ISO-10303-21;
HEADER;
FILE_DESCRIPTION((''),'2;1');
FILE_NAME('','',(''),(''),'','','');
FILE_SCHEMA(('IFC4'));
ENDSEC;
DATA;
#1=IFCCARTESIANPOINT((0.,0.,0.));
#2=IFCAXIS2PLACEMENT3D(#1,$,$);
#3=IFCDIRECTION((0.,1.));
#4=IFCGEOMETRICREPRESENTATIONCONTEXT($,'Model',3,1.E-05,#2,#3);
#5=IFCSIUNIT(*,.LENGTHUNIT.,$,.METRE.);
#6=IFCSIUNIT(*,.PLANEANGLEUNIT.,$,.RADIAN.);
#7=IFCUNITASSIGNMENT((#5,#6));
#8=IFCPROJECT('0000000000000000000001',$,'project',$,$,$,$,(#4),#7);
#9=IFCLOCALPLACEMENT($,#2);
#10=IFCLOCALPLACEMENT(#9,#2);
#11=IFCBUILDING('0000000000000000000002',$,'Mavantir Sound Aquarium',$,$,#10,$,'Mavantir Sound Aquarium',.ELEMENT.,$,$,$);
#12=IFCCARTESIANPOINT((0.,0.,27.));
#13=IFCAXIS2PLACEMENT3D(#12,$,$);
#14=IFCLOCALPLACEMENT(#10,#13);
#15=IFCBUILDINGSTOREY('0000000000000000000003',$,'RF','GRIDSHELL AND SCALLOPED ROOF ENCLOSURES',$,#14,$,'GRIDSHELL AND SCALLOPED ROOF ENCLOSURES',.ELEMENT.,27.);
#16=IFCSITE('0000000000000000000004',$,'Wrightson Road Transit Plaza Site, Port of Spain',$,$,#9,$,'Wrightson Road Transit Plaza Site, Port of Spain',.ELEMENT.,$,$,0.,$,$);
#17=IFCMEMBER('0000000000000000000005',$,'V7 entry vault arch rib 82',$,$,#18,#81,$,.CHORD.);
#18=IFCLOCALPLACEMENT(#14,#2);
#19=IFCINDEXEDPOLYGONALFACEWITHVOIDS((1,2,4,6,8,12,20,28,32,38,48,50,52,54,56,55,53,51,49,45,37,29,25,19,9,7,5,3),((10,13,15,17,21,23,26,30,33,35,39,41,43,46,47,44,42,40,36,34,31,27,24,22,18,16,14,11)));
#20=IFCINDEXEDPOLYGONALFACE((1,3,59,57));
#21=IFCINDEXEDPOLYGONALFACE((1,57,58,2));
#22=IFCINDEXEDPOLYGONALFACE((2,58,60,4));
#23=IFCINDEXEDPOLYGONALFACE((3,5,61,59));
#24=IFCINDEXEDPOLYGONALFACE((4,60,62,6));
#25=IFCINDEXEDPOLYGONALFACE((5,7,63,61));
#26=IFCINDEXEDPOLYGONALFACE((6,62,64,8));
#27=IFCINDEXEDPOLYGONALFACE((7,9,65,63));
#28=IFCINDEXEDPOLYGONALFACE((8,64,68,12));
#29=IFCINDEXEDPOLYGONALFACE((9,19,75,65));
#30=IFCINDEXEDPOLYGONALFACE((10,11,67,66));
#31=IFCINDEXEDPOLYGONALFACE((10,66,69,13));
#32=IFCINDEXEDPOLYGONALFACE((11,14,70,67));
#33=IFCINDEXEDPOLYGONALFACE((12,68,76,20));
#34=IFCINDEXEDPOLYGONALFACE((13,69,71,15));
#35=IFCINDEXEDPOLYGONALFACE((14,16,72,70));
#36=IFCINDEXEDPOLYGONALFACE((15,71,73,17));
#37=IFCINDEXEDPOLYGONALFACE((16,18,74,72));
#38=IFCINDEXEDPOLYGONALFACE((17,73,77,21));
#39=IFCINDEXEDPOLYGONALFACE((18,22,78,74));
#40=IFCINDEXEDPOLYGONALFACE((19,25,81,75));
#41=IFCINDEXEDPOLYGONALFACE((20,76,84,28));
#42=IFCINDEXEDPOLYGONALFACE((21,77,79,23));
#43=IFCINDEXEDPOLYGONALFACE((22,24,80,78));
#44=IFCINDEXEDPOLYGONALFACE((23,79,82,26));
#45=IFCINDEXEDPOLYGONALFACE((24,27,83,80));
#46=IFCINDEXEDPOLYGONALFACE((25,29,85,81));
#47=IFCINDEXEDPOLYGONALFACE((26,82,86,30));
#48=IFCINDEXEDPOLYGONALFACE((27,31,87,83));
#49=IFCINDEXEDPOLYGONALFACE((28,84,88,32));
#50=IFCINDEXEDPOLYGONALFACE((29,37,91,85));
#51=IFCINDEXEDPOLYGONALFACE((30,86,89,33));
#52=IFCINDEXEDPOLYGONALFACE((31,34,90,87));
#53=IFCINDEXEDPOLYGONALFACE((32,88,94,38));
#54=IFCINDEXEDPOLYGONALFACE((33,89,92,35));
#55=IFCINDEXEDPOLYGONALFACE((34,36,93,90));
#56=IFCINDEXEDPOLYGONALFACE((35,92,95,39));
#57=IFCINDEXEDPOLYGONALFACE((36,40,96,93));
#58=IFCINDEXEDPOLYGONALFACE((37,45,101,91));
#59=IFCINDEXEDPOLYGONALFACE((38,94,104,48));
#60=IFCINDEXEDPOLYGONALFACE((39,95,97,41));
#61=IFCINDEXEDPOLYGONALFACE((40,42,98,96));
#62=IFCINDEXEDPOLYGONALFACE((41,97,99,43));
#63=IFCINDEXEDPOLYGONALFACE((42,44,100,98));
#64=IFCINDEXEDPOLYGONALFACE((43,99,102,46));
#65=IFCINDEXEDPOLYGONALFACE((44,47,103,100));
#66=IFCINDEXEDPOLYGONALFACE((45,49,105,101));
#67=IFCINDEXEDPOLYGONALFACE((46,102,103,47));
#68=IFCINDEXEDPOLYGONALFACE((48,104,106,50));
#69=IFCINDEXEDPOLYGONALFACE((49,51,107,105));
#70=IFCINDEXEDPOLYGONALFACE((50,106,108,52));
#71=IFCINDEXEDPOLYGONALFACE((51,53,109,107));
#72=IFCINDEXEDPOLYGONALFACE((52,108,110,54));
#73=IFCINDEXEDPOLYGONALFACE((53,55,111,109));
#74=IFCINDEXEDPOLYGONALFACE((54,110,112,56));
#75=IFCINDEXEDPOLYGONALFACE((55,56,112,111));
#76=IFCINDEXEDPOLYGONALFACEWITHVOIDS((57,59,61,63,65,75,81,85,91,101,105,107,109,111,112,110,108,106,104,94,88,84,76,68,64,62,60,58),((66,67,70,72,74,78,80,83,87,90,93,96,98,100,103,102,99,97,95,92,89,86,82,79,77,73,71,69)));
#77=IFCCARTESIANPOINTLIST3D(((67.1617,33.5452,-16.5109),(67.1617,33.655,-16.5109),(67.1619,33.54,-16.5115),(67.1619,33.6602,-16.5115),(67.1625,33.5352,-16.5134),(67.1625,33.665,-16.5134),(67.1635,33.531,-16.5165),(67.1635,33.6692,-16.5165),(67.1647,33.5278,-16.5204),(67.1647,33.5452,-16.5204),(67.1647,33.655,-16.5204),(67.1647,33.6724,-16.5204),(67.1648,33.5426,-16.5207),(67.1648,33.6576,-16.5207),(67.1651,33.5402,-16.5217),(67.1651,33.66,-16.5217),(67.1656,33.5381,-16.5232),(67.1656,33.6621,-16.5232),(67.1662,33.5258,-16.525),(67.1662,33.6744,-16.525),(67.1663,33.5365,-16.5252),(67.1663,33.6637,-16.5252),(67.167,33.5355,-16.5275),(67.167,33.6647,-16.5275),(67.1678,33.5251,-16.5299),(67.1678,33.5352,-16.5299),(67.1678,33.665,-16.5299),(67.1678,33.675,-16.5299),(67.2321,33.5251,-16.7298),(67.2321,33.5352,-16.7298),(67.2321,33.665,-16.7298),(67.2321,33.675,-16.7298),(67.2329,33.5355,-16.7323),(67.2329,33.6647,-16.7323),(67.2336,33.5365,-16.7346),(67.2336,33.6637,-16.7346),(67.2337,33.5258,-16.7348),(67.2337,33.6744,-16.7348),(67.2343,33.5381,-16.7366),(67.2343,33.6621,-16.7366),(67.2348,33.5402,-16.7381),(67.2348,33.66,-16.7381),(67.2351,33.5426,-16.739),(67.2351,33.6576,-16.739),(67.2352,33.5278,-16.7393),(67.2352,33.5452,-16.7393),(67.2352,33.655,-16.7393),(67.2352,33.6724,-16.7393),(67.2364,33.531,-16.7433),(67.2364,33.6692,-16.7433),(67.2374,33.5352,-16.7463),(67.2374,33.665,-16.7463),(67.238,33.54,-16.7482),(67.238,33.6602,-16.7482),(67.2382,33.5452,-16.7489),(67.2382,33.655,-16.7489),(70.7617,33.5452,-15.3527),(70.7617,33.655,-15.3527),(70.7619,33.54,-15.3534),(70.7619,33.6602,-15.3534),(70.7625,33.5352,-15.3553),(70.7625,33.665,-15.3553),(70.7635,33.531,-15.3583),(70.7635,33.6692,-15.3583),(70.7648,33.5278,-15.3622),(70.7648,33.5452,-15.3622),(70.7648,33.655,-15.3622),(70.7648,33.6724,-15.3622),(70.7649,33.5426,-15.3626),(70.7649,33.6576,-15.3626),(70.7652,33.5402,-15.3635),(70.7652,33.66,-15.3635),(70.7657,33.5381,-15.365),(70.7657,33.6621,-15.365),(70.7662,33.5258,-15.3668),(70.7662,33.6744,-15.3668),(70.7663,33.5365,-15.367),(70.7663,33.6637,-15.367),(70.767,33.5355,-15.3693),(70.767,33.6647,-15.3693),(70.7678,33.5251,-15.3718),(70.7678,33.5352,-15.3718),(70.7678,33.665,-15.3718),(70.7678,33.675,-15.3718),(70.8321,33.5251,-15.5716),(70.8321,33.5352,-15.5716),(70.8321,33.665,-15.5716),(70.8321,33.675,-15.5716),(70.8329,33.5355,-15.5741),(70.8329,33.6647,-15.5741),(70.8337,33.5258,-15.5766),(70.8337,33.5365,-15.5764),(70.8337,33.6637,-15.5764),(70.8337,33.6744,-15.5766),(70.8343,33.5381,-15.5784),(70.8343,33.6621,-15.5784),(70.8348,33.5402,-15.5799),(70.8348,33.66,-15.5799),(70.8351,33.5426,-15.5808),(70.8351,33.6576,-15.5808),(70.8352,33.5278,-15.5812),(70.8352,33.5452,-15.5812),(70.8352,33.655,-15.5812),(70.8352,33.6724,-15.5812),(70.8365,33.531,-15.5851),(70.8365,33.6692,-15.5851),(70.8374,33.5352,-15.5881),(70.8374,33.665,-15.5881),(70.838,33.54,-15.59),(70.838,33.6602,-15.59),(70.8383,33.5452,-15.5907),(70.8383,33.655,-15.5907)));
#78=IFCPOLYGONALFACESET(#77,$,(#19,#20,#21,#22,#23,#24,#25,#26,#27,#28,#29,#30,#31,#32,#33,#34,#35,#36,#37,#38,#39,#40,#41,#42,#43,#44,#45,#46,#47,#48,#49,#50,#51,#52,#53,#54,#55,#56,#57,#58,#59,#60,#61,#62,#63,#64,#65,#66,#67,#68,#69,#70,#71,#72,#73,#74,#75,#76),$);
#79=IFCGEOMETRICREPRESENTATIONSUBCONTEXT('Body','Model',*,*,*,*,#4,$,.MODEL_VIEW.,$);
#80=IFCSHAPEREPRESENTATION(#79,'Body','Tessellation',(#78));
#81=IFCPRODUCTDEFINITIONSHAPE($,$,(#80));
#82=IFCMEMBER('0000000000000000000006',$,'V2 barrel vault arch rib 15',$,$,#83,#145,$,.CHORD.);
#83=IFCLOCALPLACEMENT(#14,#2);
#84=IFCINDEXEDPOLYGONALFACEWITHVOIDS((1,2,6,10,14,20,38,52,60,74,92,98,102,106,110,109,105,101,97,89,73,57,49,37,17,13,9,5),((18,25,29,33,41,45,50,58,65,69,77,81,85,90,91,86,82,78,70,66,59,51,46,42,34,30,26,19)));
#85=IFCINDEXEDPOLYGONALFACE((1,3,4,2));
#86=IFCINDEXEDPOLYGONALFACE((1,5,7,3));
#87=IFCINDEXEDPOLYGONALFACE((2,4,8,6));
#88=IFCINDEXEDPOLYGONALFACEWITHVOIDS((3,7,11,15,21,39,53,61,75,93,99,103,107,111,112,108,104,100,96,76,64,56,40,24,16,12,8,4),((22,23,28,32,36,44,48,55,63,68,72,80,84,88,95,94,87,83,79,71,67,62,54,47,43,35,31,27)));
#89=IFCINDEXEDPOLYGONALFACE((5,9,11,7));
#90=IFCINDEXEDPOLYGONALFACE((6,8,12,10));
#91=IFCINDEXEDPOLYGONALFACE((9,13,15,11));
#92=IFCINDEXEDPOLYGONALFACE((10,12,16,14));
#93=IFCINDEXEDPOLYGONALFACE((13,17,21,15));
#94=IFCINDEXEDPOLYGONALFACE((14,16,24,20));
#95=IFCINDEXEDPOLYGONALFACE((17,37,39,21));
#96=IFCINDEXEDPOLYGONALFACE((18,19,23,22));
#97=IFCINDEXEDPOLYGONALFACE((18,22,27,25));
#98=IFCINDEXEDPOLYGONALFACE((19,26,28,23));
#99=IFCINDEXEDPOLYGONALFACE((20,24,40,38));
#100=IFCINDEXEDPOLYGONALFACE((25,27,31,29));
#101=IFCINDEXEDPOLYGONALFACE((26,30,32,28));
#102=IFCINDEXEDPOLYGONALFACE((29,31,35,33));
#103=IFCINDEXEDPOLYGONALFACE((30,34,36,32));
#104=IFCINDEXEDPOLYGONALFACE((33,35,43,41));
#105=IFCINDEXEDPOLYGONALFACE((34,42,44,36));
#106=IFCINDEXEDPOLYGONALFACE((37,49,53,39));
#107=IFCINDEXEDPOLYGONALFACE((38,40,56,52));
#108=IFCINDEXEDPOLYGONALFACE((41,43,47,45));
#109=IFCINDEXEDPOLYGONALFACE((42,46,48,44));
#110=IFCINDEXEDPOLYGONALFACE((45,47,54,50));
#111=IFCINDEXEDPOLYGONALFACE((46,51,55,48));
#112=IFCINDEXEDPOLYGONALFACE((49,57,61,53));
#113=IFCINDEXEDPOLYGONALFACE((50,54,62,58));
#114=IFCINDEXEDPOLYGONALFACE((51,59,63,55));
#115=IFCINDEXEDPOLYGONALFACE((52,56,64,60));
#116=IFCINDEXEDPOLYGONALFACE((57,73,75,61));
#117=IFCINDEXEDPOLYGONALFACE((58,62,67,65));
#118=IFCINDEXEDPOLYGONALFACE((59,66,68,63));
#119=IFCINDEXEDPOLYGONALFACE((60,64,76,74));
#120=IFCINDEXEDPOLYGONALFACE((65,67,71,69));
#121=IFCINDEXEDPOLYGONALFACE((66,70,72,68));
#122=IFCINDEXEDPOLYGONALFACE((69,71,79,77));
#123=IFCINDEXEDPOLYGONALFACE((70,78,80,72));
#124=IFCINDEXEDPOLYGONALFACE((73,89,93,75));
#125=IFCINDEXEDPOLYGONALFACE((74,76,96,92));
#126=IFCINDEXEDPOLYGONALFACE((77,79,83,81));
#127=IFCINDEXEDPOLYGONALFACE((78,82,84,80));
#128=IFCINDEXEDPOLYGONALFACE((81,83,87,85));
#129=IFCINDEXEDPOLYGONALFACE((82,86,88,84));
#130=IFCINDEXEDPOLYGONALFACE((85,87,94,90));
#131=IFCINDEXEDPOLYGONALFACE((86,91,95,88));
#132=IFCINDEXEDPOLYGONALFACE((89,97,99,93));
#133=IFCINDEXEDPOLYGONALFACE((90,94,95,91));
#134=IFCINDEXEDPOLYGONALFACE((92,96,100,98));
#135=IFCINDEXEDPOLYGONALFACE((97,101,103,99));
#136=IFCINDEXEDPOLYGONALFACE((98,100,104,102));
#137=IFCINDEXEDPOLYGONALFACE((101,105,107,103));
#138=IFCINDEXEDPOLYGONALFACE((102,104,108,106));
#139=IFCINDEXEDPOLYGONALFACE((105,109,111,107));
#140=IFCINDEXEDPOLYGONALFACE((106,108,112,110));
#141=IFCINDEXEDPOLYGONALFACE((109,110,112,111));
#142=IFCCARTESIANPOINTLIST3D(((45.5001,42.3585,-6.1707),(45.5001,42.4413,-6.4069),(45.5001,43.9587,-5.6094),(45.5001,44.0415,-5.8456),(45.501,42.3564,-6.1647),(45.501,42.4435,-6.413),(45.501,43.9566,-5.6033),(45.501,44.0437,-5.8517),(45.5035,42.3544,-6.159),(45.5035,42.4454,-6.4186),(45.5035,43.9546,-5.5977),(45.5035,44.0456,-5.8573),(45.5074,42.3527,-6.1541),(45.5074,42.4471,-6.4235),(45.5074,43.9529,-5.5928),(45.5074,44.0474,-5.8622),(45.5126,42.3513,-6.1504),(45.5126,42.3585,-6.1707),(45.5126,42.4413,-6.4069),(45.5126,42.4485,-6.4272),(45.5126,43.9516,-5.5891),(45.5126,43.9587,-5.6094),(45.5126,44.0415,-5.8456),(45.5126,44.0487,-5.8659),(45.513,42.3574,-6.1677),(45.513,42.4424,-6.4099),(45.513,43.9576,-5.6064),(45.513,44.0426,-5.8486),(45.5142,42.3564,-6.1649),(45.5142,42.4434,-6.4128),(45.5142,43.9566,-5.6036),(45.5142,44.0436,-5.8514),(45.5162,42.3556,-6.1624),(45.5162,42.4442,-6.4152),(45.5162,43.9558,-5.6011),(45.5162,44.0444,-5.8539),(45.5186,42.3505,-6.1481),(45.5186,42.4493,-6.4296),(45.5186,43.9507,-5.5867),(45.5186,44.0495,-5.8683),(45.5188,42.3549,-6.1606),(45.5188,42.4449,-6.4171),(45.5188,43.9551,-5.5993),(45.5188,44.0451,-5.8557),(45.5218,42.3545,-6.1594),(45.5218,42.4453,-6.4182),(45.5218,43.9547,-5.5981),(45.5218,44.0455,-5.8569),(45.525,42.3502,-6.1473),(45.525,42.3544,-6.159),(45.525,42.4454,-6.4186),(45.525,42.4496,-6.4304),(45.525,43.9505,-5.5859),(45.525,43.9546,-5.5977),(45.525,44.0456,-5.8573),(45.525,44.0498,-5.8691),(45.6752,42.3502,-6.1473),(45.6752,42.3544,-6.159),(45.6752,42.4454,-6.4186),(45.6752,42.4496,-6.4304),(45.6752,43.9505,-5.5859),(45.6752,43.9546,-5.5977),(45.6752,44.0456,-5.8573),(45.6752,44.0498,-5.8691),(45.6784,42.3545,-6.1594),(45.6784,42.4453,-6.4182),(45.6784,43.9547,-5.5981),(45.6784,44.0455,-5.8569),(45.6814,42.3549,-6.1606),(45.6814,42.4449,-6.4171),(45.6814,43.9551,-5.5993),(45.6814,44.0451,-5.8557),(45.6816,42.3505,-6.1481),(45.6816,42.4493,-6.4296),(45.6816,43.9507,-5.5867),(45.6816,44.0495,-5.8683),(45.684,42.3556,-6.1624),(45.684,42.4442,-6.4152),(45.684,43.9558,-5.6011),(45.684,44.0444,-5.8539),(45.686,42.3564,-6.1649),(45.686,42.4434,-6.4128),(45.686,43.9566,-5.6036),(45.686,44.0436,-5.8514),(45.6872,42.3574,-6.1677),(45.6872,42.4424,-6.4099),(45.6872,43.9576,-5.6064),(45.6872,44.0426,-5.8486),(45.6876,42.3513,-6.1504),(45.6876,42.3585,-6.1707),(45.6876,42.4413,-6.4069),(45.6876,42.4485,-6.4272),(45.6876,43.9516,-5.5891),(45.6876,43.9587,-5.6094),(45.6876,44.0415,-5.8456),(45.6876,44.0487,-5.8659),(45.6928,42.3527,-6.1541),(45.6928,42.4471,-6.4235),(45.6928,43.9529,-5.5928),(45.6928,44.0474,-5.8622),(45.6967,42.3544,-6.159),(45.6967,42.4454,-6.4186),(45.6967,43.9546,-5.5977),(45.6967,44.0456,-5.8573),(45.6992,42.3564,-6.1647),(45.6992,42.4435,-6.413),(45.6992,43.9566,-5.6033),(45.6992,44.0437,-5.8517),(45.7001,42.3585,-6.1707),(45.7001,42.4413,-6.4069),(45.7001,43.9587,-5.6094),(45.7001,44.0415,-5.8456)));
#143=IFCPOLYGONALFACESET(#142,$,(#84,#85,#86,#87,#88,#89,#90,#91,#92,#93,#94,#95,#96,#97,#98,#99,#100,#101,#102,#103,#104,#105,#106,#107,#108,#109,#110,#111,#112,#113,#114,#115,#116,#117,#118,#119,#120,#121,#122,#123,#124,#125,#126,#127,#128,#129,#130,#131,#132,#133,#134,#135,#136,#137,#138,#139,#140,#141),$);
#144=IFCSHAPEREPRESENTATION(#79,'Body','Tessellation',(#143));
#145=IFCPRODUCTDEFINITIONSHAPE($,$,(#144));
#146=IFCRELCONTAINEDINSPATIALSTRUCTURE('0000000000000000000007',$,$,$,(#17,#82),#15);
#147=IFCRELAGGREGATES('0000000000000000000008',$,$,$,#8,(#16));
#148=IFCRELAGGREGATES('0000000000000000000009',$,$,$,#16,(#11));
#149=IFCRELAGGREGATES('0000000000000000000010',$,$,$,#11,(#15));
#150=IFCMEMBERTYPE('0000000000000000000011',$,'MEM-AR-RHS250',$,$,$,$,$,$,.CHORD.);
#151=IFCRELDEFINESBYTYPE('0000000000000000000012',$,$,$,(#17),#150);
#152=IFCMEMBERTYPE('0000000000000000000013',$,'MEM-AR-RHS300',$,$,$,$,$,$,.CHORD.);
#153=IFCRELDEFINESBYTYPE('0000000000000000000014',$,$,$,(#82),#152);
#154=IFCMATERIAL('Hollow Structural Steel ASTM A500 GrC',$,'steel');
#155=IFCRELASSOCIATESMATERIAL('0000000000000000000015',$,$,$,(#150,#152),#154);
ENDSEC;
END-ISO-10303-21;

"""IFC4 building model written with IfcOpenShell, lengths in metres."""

from ifc_helpers import new_model, si_unit, direction, frame, origin, origin_2d, place, context, subcontext, project, spatial, hollow_rectangle, extrude, material, material_profile, profile_set, type_object, element, save


model = new_model("IFC4")

# Units and contexts
model_context = context("Model", 3, precision=1e-05, world=origin(), true_north=direction((0.0, 1.0)))
body_context = subcontext(model_context, "Body", "Model", "MODEL_VIEW")
ifc_project = project(units=[si_unit("LENGTHUNIT", "METRE"), si_unit("PLANEANGLEUNIT", "RADIAN")], contexts=[model_context])

# Site, building, storey
site_placement = place(None, origin())
site = spatial("IfcSite", under=ifc_project, at=site_placement, Name="Wrightson Road Transit Plaza Site, Port of Spain", LongName="Wrightson Road Transit Plaza Site, Port of Spain", CompositionType="ELEMENT", RefElevation=0.0)
building_placement = place(site_placement, origin())
building = spatial("IfcBuilding", under=site, at=building_placement, Name="Mavantir Sound Aquarium", LongName="Mavantir Sound Aquarium", CompositionType="ELEMENT")
storey_placement = place(building_placement, frame((0.0, 0.0, 27.0)))
storey = spatial("IfcBuildingStorey", under=building, at=storey_placement, Name="RF", Description="GRIDSHELL AND SCALLOPED ROOF ENCLOSURES", LongName="GRIDSHELL AND SCALLOPED ROOF ENCLOSURES", CompositionType="ELEMENT", Elevation=27.0)

# Shared definitions
ifc_material_1 = material(Name="Hollow Structural Steel ASTM A500 GrC", Category="steel")

# Members
ifc_material_profile_1 = material_profile(ifc_material_1, hollow_rectangle(XDim=0.1499, YDim=0.25, WallThickness=0.01, InnerFilletRadius=0.01, OuterFilletRadius=0.02, at=origin_2d()), Name="RHS 250X150X10")
ifc_profile_set_1 = profile_set([ifc_material_profile_1], Name="Hollow Structural Steel ASTM A500 GrC")
member_type_1 = type_object("IfcMemberType", Name="MEM-AR-RHS250", PredefinedType="CHORD", material=ifc_profile_set_1)
member_1_placement = place(storey_placement, frame((67.2, 33.6001, -16.6299), z_axis=(0.951949, 0.0, 0.306256), x_axis=(0.0, 1.0, 0.0)))
element("IfcMember", 1, at=member_1_placement, inside=storey, type_object=member_type_1, Name="V7 entry vault arch rib 82", PredefinedType="CHORD", context=body_context, shape_type="SweptSolid", body=[
    extrude(hollow_rectangle(XDim=0.1499, YDim=0.25, WallThickness=0.01, InnerFilletRadius=0.01, OuterFilletRadius=0.02, at=origin_2d()), origin(), (0.0, 0.0, 1.0), 3.7817),
])
ifc_material_profile_2 = material_profile(ifc_material_1, hollow_rectangle(XDim=0.2, YDim=0.3, WallThickness=0.0125, InnerFilletRadius=0.0125, OuterFilletRadius=0.0249, at=origin_2d()), Name="RHS 300X200X12.5")
ifc_profile_set_2 = profile_set([ifc_material_profile_2], Name="Hollow Structural Steel ASTM A500 GrC")
member_type_2 = type_object("IfcMemberType", Name="MEM-AR-RHS300", PredefinedType="CHORD", material=ifc_profile_set_2)
member_2_placement = place(storey_placement, frame((45.6001, 42.3999, -6.2888), z_axis=(0.0, 0.943629, 0.331004), x_axis=(-1.0, 0.0, 0.0)))
element("IfcMember", 2, at=member_2_placement, inside=storey, type_object=member_type_2, Name="V2 barrel vault arch rib 15", PredefinedType="CHORD", context=body_context, shape_type="SweptSolid", body=[
    extrude(hollow_rectangle(XDim=0.2, YDim=0.3, WallThickness=0.0125, InnerFilletRadius=0.0125, OuterFilletRadius=0.0249, at=origin_2d()), origin(), (0.0, 0.0, 1.0), 1.6958),
])

save(model, "model.ifc")
